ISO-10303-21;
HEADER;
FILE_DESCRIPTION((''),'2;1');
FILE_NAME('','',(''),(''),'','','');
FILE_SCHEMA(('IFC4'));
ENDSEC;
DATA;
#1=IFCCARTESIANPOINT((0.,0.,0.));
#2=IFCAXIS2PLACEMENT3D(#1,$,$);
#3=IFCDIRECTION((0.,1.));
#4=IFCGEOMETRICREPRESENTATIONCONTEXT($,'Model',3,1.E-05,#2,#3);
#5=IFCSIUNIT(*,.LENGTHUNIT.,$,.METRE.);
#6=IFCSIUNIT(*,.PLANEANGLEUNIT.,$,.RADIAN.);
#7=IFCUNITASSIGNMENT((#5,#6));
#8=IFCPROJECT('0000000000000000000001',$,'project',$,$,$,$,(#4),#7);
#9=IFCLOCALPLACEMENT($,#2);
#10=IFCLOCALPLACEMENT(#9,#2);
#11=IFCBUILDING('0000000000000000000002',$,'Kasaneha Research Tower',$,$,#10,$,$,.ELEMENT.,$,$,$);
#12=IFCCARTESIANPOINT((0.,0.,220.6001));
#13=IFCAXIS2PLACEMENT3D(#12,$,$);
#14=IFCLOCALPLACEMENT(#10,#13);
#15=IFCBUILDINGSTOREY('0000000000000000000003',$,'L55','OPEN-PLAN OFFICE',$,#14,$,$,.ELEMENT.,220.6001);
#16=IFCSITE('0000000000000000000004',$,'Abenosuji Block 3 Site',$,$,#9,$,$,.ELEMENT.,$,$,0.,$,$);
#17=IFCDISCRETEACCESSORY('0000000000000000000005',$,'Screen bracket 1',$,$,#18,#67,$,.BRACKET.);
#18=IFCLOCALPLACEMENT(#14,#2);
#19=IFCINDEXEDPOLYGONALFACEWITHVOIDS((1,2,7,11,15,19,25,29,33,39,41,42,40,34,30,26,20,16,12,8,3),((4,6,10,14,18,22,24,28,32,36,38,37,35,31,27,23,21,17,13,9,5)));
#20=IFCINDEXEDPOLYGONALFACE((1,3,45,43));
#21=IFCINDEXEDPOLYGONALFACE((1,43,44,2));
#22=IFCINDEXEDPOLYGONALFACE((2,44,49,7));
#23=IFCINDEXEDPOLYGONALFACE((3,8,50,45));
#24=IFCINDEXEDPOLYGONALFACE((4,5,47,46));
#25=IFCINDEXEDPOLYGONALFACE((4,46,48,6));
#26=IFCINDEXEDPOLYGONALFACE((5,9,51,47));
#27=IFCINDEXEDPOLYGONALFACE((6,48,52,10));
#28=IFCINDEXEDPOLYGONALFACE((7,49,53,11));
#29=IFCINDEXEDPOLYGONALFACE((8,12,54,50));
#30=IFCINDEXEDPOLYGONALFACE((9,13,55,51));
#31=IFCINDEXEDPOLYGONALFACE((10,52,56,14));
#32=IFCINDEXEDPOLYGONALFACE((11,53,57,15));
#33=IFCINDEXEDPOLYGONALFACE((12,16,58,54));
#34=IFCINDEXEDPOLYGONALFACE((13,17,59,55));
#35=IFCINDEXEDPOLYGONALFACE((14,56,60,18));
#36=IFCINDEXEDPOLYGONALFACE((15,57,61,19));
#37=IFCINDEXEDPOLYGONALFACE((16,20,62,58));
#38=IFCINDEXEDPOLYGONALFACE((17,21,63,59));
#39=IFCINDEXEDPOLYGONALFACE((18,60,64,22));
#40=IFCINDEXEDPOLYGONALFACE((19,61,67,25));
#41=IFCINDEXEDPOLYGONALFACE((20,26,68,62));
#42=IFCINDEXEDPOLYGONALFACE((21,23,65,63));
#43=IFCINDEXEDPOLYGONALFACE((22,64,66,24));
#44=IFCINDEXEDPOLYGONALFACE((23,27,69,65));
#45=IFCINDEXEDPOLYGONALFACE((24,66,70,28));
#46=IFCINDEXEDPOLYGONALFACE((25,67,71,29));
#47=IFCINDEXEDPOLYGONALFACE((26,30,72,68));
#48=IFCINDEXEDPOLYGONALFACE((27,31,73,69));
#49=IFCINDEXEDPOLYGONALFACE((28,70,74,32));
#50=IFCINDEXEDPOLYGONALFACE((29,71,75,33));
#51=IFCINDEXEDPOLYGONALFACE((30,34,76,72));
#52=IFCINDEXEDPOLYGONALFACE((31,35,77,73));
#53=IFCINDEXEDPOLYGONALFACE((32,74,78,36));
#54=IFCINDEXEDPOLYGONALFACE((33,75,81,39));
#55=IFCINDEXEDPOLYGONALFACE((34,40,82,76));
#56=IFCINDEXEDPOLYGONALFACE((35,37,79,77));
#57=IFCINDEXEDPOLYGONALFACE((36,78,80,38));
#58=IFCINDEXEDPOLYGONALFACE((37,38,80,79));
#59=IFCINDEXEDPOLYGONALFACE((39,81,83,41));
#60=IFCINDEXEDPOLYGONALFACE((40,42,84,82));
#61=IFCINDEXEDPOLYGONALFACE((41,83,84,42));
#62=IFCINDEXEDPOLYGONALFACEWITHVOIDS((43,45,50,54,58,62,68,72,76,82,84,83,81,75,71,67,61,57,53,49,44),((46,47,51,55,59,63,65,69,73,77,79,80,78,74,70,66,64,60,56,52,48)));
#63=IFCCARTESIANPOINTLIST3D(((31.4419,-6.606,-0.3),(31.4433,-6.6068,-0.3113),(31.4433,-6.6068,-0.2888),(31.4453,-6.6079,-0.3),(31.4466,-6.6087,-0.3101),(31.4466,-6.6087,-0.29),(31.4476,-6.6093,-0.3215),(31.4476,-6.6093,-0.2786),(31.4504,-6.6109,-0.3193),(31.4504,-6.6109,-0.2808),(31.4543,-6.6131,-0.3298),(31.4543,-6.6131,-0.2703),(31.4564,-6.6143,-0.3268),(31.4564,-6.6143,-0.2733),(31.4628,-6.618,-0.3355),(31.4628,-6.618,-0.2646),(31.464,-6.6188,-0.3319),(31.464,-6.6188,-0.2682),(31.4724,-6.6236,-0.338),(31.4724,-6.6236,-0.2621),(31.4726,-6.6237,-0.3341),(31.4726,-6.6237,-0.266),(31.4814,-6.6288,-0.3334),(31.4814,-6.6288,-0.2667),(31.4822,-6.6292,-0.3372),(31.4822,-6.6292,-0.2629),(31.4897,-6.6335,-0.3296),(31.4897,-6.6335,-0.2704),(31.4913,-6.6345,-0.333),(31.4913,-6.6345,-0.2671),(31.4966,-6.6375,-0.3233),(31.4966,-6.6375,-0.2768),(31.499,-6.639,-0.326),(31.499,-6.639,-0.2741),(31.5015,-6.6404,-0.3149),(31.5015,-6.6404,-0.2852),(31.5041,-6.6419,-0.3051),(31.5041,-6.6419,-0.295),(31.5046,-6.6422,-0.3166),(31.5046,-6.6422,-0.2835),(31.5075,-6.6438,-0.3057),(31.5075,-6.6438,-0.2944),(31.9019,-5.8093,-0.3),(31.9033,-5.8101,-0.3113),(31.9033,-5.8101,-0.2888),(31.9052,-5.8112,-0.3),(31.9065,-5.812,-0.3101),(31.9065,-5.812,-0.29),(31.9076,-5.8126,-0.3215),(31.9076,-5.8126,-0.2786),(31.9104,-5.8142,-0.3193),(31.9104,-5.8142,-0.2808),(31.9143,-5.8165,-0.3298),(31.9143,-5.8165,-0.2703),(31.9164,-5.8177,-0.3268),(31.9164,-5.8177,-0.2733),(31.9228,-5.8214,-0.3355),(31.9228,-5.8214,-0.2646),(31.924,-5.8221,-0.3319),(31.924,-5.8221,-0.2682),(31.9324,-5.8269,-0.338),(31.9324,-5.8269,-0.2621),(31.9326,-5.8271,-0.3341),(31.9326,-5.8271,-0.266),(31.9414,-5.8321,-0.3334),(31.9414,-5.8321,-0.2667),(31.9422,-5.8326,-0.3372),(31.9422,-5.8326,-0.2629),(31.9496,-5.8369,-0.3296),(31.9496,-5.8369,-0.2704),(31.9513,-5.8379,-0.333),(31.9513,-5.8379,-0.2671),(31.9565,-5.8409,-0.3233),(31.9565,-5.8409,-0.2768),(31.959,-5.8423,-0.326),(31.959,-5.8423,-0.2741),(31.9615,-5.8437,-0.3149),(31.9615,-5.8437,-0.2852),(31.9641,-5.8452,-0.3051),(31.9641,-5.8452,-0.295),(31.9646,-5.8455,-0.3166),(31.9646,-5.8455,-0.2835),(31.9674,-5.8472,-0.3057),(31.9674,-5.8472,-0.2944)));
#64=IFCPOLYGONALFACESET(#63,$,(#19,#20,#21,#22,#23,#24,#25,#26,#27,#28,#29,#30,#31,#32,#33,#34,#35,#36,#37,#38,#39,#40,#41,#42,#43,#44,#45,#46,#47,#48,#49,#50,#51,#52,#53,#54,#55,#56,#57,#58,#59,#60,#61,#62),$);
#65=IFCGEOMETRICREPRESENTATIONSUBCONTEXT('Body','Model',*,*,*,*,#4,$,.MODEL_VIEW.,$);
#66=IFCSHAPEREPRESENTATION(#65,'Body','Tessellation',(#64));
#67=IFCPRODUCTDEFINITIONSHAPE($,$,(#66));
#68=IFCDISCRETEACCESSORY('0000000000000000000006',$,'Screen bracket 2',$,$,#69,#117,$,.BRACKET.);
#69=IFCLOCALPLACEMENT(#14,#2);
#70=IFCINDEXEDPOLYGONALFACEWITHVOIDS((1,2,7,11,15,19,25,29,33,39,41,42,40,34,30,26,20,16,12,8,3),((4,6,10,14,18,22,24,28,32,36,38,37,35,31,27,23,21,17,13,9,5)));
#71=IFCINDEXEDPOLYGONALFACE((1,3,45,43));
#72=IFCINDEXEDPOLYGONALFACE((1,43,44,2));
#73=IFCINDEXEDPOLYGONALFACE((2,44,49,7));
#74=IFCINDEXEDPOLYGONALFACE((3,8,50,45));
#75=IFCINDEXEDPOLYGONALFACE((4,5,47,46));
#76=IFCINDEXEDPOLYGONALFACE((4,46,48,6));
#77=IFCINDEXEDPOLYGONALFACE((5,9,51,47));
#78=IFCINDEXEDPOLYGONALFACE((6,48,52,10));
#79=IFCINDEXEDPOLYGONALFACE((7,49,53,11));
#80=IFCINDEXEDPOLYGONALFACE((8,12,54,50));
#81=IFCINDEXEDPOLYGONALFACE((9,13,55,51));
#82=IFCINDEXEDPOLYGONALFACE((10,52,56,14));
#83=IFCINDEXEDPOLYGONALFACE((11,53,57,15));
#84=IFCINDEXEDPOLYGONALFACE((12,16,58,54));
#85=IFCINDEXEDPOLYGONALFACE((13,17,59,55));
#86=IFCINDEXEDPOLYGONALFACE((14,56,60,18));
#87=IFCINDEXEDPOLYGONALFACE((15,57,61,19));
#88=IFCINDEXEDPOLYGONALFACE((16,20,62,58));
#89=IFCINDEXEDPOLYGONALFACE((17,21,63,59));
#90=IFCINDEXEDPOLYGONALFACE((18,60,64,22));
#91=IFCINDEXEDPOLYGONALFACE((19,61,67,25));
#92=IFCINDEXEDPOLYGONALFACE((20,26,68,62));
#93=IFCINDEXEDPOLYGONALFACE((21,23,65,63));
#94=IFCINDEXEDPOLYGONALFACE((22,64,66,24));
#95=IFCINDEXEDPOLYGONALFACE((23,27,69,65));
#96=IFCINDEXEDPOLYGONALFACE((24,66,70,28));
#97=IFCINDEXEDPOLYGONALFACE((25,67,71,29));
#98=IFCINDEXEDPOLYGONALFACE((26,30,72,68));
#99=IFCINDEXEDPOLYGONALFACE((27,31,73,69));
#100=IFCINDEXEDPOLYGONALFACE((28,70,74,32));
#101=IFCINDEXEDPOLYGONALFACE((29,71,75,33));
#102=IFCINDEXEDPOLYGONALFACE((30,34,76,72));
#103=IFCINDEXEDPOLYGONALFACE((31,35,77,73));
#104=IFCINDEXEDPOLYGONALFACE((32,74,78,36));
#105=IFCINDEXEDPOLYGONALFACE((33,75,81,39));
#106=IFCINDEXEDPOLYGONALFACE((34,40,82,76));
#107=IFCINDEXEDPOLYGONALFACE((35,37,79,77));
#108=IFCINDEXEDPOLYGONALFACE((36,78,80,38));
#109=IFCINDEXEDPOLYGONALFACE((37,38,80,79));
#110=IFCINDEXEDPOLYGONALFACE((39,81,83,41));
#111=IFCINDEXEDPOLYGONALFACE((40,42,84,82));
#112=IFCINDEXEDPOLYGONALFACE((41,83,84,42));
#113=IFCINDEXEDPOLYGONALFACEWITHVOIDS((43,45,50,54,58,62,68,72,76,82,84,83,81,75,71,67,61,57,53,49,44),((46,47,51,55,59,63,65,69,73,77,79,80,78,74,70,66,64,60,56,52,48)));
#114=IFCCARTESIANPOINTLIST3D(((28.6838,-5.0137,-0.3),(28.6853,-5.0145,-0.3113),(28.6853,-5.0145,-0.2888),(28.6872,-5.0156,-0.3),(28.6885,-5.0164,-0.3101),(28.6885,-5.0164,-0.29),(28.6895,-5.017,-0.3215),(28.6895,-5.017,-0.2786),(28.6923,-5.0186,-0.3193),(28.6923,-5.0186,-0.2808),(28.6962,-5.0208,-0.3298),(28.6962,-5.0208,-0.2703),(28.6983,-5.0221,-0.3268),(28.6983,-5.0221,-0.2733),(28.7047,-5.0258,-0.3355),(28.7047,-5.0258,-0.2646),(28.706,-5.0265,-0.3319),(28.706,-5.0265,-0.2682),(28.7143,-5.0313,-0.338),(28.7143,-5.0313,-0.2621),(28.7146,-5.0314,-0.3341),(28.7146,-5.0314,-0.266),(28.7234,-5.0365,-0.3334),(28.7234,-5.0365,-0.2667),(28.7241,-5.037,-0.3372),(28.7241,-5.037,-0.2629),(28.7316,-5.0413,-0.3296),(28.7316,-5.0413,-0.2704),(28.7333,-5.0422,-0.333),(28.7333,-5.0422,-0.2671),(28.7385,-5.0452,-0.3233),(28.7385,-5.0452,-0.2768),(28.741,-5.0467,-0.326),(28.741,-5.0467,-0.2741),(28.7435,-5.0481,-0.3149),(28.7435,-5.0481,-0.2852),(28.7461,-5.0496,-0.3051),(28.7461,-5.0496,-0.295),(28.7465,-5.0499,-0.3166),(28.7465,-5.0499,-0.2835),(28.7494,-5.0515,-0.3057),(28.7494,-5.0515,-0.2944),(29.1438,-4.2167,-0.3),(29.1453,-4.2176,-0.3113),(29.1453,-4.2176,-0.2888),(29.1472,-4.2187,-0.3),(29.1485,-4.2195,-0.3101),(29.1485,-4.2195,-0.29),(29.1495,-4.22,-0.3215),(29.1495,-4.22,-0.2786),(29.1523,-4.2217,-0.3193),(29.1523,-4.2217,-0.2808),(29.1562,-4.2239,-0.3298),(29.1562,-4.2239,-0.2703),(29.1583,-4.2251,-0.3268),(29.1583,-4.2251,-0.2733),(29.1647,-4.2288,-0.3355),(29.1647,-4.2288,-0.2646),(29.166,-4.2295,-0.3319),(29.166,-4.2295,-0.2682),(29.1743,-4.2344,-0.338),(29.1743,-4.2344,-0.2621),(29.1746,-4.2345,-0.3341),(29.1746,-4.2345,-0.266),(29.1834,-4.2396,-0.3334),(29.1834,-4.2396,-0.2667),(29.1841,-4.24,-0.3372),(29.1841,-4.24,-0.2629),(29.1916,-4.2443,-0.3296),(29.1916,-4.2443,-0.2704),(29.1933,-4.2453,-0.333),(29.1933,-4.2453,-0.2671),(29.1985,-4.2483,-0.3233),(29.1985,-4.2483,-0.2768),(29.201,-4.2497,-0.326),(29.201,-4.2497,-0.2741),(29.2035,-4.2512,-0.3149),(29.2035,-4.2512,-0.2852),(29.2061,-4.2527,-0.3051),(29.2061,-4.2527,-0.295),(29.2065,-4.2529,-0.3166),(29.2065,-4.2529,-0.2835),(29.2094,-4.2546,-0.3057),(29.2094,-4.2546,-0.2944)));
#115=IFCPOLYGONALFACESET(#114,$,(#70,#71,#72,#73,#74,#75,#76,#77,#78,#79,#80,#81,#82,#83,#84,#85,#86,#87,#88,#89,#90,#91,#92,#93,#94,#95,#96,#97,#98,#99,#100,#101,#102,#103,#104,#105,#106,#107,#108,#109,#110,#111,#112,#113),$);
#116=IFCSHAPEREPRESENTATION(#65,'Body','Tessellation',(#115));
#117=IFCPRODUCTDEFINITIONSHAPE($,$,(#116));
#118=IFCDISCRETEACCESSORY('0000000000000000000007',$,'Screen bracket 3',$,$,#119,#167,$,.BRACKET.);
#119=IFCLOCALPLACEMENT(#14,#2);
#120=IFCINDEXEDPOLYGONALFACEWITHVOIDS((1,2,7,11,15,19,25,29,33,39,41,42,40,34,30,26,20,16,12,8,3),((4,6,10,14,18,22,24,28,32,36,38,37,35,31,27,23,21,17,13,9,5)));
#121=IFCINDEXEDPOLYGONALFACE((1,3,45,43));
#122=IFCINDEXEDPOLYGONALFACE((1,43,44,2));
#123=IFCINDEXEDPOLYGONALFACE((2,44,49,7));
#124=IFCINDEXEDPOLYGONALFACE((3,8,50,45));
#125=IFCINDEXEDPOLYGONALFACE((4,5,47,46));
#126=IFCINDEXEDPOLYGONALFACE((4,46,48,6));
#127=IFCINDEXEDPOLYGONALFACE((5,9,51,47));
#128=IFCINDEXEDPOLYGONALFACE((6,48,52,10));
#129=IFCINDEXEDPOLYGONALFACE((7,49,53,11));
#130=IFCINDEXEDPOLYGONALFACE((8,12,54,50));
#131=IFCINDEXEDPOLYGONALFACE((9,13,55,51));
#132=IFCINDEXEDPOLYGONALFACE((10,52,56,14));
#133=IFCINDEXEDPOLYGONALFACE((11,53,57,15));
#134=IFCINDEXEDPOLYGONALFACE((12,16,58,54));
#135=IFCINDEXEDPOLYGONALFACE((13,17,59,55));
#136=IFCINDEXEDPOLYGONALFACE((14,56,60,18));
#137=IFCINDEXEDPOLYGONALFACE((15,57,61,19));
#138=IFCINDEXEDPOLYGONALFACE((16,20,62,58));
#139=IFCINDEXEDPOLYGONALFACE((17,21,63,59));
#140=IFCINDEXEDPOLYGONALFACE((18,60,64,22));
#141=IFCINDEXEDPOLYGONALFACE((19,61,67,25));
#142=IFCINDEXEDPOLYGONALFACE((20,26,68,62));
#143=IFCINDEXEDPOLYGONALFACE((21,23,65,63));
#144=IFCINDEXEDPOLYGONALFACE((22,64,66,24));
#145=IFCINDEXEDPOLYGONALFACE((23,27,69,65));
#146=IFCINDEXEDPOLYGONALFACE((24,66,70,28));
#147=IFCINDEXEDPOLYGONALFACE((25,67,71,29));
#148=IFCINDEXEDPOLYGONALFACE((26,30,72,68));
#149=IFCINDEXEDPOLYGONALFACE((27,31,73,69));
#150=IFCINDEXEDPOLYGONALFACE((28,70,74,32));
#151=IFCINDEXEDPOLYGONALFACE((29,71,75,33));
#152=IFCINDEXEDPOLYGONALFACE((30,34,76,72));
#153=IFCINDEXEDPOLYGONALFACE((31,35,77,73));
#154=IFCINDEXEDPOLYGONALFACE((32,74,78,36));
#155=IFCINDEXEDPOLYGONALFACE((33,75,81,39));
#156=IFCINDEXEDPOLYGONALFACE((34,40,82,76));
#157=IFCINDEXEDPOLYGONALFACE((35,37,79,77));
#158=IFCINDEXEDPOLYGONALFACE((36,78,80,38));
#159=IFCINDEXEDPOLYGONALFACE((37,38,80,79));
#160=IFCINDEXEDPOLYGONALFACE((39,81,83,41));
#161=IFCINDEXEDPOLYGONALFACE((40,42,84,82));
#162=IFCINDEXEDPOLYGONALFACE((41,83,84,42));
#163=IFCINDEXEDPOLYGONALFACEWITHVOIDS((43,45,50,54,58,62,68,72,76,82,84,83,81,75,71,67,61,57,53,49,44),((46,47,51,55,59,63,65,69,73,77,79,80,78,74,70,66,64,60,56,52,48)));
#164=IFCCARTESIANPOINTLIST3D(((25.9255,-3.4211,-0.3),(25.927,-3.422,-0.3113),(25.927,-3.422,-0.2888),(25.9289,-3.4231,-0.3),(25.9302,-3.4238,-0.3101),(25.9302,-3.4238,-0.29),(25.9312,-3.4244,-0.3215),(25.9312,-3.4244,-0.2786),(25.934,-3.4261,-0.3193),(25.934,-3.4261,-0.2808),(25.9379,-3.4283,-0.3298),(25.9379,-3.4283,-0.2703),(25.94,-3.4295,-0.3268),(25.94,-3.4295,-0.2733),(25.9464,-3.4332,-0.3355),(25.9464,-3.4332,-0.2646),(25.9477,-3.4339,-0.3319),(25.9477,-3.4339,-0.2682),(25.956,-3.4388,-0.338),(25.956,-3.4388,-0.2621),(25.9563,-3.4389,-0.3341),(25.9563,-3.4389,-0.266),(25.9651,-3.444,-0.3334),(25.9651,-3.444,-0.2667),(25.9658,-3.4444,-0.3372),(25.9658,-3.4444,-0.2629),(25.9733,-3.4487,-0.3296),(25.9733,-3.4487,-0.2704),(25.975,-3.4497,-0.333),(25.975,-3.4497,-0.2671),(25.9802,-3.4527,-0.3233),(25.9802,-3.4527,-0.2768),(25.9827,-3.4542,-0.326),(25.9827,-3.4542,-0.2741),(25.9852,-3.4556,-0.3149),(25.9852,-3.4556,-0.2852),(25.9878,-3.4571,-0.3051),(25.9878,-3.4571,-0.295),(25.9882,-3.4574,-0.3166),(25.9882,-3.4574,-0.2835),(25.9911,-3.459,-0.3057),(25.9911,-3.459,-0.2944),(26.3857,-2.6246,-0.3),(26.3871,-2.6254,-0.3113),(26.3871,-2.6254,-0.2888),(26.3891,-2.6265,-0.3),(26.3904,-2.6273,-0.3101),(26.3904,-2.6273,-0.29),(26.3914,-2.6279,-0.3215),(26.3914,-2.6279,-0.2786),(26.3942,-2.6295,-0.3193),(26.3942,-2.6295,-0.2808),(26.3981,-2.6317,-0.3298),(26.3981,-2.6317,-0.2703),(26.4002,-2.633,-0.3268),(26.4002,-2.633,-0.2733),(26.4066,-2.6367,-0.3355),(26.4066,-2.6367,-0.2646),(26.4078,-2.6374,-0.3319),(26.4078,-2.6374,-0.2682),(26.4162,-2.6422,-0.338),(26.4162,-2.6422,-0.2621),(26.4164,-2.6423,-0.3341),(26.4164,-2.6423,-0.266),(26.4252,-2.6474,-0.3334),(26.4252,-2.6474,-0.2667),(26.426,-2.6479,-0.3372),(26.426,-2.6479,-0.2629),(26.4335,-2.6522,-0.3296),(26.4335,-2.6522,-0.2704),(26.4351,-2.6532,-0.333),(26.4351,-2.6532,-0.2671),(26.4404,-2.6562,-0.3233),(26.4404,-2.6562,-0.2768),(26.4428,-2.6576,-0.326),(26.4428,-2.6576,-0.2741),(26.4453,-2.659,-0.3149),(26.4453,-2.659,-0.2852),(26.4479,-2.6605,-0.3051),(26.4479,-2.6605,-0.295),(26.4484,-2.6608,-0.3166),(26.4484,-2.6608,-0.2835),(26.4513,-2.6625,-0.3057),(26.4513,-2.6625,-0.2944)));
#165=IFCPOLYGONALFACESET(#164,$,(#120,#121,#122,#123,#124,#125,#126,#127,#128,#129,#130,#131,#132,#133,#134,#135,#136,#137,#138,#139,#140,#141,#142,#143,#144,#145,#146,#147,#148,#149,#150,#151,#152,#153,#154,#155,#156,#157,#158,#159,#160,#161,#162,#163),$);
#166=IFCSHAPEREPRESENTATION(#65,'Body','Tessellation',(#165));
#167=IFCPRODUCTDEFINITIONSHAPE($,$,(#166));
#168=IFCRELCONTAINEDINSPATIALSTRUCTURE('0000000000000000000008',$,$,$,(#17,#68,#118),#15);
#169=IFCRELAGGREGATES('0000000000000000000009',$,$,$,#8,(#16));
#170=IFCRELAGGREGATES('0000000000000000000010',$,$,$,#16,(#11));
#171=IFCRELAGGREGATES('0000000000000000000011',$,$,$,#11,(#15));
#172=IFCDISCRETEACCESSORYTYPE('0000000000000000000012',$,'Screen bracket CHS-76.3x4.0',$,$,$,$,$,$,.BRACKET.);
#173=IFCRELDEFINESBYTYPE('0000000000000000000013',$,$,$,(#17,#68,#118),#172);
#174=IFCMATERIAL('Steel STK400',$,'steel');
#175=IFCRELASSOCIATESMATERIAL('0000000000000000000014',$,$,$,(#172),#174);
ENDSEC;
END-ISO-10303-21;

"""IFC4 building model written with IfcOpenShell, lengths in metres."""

from ifc_helpers import new_model, si_unit, direction, frame, origin, origin_2d, place, context, subcontext, project, spatial, hollow_circle, extrude, material, material_profile, profile_set, type_object, element, save


model = new_model("IFC4")

# Units and contexts
model_context = context("Model", 3, precision=1e-05, world=origin(), true_north=direction((0.0, 1.0)))
body_context = subcontext(model_context, "Body", "Model", "MODEL_VIEW")
ifc_project = project(units=[si_unit("LENGTHUNIT", "METRE"), si_unit("PLANEANGLEUNIT", "RADIAN")], contexts=[model_context])

# Site, building, storey
site_placement = place(None, origin())
site = spatial("IfcSite", under=ifc_project, at=site_placement, Name="Abenosuji Block 3 Site", CompositionType="ELEMENT", RefElevation=0.0)
building_placement = place(site_placement, origin())
building = spatial("IfcBuilding", under=site, at=building_placement, Name="Kasaneha Research Tower", CompositionType="ELEMENT")
storey_placement = place(building_placement, frame((0.0, 0.0, 220.6001)))
storey = spatial("IfcBuildingStorey", under=building, at=storey_placement, Name="L55", Description="OPEN-PLAN OFFICE", CompositionType="ELEMENT", Elevation=220.6001)

# Discrete accessories
ifc_material_1 = material(Name="Steel STK400", Category="steel")
ifc_material_profile_1 = material_profile(ifc_material_1, hollow_circle(Radius=0.0381, WallThickness=0.0039, at=origin_2d()), Name="CHS-76.3x4.0")
ifc_profile_set_1 = profile_set([ifc_material_profile_1], Name="Steel STK400")
discrete_accessory_type = type_object("IfcDiscreteAccessoryType", Name="Screen bracket CHS-76.3x4.0", PredefinedType="BRACKET", material=ifc_profile_set_1)
discrete_accessory_1_placement = place(storey_placement, frame((31.4749, -6.625, -0.3), z_axis=(0.500021, 0.866013, 0.0), x_axis=(-0.866013, 0.500021, 0.0)))
element("IfcDiscreteAccessory", 1, at=discrete_accessory_1_placement, inside=storey, type_object=discrete_accessory_type, Name="Screen bracket 1", PredefinedType="BRACKET", context=body_context, shape_type="SweptSolid", body=[
    extrude(hollow_circle(Radius=0.0381, WallThickness=0.0039, at=origin_2d()), origin(), (0.0, 0.0, 1.0), 0.9199),
])
discrete_accessory_2_placement = place(storey_placement, frame((28.7168, -5.0327, -0.3), z_axis=(0.499906, 0.86608, 0.0), x_axis=(-0.86608, 0.499906, 0.0)))
element("IfcDiscreteAccessory", 2, at=discrete_accessory_2_placement, inside=storey, type_object=discrete_accessory_type, Name="Screen bracket 2", PredefinedType="BRACKET", context=body_context, shape_type="SweptSolid", body=[
    extrude(hollow_circle(Radius=0.0381, WallThickness=0.0039, at=origin_2d()), origin(), (0.0, 0.0, 1.0), 0.9202),
])
discrete_accessory_3_placement = place(storey_placement, frame((25.9585, -3.4402, -0.3), z_axis=(0.50022, 0.865898, 0.0), x_axis=(-0.865898, 0.50022, 0.0)))
element("IfcDiscreteAccessory", 3, at=discrete_accessory_3_placement, inside=storey, type_object=discrete_accessory_type, Name="Screen bracket 3", PredefinedType="BRACKET", context=body_context, shape_type="SweptSolid", body=[
    extrude(hollow_circle(Radius=0.0381, WallThickness=0.0039, at=origin_2d()), origin(), (0.0, 0.0, 1.0), 0.9199),
])

save(model, "model.ifc")
